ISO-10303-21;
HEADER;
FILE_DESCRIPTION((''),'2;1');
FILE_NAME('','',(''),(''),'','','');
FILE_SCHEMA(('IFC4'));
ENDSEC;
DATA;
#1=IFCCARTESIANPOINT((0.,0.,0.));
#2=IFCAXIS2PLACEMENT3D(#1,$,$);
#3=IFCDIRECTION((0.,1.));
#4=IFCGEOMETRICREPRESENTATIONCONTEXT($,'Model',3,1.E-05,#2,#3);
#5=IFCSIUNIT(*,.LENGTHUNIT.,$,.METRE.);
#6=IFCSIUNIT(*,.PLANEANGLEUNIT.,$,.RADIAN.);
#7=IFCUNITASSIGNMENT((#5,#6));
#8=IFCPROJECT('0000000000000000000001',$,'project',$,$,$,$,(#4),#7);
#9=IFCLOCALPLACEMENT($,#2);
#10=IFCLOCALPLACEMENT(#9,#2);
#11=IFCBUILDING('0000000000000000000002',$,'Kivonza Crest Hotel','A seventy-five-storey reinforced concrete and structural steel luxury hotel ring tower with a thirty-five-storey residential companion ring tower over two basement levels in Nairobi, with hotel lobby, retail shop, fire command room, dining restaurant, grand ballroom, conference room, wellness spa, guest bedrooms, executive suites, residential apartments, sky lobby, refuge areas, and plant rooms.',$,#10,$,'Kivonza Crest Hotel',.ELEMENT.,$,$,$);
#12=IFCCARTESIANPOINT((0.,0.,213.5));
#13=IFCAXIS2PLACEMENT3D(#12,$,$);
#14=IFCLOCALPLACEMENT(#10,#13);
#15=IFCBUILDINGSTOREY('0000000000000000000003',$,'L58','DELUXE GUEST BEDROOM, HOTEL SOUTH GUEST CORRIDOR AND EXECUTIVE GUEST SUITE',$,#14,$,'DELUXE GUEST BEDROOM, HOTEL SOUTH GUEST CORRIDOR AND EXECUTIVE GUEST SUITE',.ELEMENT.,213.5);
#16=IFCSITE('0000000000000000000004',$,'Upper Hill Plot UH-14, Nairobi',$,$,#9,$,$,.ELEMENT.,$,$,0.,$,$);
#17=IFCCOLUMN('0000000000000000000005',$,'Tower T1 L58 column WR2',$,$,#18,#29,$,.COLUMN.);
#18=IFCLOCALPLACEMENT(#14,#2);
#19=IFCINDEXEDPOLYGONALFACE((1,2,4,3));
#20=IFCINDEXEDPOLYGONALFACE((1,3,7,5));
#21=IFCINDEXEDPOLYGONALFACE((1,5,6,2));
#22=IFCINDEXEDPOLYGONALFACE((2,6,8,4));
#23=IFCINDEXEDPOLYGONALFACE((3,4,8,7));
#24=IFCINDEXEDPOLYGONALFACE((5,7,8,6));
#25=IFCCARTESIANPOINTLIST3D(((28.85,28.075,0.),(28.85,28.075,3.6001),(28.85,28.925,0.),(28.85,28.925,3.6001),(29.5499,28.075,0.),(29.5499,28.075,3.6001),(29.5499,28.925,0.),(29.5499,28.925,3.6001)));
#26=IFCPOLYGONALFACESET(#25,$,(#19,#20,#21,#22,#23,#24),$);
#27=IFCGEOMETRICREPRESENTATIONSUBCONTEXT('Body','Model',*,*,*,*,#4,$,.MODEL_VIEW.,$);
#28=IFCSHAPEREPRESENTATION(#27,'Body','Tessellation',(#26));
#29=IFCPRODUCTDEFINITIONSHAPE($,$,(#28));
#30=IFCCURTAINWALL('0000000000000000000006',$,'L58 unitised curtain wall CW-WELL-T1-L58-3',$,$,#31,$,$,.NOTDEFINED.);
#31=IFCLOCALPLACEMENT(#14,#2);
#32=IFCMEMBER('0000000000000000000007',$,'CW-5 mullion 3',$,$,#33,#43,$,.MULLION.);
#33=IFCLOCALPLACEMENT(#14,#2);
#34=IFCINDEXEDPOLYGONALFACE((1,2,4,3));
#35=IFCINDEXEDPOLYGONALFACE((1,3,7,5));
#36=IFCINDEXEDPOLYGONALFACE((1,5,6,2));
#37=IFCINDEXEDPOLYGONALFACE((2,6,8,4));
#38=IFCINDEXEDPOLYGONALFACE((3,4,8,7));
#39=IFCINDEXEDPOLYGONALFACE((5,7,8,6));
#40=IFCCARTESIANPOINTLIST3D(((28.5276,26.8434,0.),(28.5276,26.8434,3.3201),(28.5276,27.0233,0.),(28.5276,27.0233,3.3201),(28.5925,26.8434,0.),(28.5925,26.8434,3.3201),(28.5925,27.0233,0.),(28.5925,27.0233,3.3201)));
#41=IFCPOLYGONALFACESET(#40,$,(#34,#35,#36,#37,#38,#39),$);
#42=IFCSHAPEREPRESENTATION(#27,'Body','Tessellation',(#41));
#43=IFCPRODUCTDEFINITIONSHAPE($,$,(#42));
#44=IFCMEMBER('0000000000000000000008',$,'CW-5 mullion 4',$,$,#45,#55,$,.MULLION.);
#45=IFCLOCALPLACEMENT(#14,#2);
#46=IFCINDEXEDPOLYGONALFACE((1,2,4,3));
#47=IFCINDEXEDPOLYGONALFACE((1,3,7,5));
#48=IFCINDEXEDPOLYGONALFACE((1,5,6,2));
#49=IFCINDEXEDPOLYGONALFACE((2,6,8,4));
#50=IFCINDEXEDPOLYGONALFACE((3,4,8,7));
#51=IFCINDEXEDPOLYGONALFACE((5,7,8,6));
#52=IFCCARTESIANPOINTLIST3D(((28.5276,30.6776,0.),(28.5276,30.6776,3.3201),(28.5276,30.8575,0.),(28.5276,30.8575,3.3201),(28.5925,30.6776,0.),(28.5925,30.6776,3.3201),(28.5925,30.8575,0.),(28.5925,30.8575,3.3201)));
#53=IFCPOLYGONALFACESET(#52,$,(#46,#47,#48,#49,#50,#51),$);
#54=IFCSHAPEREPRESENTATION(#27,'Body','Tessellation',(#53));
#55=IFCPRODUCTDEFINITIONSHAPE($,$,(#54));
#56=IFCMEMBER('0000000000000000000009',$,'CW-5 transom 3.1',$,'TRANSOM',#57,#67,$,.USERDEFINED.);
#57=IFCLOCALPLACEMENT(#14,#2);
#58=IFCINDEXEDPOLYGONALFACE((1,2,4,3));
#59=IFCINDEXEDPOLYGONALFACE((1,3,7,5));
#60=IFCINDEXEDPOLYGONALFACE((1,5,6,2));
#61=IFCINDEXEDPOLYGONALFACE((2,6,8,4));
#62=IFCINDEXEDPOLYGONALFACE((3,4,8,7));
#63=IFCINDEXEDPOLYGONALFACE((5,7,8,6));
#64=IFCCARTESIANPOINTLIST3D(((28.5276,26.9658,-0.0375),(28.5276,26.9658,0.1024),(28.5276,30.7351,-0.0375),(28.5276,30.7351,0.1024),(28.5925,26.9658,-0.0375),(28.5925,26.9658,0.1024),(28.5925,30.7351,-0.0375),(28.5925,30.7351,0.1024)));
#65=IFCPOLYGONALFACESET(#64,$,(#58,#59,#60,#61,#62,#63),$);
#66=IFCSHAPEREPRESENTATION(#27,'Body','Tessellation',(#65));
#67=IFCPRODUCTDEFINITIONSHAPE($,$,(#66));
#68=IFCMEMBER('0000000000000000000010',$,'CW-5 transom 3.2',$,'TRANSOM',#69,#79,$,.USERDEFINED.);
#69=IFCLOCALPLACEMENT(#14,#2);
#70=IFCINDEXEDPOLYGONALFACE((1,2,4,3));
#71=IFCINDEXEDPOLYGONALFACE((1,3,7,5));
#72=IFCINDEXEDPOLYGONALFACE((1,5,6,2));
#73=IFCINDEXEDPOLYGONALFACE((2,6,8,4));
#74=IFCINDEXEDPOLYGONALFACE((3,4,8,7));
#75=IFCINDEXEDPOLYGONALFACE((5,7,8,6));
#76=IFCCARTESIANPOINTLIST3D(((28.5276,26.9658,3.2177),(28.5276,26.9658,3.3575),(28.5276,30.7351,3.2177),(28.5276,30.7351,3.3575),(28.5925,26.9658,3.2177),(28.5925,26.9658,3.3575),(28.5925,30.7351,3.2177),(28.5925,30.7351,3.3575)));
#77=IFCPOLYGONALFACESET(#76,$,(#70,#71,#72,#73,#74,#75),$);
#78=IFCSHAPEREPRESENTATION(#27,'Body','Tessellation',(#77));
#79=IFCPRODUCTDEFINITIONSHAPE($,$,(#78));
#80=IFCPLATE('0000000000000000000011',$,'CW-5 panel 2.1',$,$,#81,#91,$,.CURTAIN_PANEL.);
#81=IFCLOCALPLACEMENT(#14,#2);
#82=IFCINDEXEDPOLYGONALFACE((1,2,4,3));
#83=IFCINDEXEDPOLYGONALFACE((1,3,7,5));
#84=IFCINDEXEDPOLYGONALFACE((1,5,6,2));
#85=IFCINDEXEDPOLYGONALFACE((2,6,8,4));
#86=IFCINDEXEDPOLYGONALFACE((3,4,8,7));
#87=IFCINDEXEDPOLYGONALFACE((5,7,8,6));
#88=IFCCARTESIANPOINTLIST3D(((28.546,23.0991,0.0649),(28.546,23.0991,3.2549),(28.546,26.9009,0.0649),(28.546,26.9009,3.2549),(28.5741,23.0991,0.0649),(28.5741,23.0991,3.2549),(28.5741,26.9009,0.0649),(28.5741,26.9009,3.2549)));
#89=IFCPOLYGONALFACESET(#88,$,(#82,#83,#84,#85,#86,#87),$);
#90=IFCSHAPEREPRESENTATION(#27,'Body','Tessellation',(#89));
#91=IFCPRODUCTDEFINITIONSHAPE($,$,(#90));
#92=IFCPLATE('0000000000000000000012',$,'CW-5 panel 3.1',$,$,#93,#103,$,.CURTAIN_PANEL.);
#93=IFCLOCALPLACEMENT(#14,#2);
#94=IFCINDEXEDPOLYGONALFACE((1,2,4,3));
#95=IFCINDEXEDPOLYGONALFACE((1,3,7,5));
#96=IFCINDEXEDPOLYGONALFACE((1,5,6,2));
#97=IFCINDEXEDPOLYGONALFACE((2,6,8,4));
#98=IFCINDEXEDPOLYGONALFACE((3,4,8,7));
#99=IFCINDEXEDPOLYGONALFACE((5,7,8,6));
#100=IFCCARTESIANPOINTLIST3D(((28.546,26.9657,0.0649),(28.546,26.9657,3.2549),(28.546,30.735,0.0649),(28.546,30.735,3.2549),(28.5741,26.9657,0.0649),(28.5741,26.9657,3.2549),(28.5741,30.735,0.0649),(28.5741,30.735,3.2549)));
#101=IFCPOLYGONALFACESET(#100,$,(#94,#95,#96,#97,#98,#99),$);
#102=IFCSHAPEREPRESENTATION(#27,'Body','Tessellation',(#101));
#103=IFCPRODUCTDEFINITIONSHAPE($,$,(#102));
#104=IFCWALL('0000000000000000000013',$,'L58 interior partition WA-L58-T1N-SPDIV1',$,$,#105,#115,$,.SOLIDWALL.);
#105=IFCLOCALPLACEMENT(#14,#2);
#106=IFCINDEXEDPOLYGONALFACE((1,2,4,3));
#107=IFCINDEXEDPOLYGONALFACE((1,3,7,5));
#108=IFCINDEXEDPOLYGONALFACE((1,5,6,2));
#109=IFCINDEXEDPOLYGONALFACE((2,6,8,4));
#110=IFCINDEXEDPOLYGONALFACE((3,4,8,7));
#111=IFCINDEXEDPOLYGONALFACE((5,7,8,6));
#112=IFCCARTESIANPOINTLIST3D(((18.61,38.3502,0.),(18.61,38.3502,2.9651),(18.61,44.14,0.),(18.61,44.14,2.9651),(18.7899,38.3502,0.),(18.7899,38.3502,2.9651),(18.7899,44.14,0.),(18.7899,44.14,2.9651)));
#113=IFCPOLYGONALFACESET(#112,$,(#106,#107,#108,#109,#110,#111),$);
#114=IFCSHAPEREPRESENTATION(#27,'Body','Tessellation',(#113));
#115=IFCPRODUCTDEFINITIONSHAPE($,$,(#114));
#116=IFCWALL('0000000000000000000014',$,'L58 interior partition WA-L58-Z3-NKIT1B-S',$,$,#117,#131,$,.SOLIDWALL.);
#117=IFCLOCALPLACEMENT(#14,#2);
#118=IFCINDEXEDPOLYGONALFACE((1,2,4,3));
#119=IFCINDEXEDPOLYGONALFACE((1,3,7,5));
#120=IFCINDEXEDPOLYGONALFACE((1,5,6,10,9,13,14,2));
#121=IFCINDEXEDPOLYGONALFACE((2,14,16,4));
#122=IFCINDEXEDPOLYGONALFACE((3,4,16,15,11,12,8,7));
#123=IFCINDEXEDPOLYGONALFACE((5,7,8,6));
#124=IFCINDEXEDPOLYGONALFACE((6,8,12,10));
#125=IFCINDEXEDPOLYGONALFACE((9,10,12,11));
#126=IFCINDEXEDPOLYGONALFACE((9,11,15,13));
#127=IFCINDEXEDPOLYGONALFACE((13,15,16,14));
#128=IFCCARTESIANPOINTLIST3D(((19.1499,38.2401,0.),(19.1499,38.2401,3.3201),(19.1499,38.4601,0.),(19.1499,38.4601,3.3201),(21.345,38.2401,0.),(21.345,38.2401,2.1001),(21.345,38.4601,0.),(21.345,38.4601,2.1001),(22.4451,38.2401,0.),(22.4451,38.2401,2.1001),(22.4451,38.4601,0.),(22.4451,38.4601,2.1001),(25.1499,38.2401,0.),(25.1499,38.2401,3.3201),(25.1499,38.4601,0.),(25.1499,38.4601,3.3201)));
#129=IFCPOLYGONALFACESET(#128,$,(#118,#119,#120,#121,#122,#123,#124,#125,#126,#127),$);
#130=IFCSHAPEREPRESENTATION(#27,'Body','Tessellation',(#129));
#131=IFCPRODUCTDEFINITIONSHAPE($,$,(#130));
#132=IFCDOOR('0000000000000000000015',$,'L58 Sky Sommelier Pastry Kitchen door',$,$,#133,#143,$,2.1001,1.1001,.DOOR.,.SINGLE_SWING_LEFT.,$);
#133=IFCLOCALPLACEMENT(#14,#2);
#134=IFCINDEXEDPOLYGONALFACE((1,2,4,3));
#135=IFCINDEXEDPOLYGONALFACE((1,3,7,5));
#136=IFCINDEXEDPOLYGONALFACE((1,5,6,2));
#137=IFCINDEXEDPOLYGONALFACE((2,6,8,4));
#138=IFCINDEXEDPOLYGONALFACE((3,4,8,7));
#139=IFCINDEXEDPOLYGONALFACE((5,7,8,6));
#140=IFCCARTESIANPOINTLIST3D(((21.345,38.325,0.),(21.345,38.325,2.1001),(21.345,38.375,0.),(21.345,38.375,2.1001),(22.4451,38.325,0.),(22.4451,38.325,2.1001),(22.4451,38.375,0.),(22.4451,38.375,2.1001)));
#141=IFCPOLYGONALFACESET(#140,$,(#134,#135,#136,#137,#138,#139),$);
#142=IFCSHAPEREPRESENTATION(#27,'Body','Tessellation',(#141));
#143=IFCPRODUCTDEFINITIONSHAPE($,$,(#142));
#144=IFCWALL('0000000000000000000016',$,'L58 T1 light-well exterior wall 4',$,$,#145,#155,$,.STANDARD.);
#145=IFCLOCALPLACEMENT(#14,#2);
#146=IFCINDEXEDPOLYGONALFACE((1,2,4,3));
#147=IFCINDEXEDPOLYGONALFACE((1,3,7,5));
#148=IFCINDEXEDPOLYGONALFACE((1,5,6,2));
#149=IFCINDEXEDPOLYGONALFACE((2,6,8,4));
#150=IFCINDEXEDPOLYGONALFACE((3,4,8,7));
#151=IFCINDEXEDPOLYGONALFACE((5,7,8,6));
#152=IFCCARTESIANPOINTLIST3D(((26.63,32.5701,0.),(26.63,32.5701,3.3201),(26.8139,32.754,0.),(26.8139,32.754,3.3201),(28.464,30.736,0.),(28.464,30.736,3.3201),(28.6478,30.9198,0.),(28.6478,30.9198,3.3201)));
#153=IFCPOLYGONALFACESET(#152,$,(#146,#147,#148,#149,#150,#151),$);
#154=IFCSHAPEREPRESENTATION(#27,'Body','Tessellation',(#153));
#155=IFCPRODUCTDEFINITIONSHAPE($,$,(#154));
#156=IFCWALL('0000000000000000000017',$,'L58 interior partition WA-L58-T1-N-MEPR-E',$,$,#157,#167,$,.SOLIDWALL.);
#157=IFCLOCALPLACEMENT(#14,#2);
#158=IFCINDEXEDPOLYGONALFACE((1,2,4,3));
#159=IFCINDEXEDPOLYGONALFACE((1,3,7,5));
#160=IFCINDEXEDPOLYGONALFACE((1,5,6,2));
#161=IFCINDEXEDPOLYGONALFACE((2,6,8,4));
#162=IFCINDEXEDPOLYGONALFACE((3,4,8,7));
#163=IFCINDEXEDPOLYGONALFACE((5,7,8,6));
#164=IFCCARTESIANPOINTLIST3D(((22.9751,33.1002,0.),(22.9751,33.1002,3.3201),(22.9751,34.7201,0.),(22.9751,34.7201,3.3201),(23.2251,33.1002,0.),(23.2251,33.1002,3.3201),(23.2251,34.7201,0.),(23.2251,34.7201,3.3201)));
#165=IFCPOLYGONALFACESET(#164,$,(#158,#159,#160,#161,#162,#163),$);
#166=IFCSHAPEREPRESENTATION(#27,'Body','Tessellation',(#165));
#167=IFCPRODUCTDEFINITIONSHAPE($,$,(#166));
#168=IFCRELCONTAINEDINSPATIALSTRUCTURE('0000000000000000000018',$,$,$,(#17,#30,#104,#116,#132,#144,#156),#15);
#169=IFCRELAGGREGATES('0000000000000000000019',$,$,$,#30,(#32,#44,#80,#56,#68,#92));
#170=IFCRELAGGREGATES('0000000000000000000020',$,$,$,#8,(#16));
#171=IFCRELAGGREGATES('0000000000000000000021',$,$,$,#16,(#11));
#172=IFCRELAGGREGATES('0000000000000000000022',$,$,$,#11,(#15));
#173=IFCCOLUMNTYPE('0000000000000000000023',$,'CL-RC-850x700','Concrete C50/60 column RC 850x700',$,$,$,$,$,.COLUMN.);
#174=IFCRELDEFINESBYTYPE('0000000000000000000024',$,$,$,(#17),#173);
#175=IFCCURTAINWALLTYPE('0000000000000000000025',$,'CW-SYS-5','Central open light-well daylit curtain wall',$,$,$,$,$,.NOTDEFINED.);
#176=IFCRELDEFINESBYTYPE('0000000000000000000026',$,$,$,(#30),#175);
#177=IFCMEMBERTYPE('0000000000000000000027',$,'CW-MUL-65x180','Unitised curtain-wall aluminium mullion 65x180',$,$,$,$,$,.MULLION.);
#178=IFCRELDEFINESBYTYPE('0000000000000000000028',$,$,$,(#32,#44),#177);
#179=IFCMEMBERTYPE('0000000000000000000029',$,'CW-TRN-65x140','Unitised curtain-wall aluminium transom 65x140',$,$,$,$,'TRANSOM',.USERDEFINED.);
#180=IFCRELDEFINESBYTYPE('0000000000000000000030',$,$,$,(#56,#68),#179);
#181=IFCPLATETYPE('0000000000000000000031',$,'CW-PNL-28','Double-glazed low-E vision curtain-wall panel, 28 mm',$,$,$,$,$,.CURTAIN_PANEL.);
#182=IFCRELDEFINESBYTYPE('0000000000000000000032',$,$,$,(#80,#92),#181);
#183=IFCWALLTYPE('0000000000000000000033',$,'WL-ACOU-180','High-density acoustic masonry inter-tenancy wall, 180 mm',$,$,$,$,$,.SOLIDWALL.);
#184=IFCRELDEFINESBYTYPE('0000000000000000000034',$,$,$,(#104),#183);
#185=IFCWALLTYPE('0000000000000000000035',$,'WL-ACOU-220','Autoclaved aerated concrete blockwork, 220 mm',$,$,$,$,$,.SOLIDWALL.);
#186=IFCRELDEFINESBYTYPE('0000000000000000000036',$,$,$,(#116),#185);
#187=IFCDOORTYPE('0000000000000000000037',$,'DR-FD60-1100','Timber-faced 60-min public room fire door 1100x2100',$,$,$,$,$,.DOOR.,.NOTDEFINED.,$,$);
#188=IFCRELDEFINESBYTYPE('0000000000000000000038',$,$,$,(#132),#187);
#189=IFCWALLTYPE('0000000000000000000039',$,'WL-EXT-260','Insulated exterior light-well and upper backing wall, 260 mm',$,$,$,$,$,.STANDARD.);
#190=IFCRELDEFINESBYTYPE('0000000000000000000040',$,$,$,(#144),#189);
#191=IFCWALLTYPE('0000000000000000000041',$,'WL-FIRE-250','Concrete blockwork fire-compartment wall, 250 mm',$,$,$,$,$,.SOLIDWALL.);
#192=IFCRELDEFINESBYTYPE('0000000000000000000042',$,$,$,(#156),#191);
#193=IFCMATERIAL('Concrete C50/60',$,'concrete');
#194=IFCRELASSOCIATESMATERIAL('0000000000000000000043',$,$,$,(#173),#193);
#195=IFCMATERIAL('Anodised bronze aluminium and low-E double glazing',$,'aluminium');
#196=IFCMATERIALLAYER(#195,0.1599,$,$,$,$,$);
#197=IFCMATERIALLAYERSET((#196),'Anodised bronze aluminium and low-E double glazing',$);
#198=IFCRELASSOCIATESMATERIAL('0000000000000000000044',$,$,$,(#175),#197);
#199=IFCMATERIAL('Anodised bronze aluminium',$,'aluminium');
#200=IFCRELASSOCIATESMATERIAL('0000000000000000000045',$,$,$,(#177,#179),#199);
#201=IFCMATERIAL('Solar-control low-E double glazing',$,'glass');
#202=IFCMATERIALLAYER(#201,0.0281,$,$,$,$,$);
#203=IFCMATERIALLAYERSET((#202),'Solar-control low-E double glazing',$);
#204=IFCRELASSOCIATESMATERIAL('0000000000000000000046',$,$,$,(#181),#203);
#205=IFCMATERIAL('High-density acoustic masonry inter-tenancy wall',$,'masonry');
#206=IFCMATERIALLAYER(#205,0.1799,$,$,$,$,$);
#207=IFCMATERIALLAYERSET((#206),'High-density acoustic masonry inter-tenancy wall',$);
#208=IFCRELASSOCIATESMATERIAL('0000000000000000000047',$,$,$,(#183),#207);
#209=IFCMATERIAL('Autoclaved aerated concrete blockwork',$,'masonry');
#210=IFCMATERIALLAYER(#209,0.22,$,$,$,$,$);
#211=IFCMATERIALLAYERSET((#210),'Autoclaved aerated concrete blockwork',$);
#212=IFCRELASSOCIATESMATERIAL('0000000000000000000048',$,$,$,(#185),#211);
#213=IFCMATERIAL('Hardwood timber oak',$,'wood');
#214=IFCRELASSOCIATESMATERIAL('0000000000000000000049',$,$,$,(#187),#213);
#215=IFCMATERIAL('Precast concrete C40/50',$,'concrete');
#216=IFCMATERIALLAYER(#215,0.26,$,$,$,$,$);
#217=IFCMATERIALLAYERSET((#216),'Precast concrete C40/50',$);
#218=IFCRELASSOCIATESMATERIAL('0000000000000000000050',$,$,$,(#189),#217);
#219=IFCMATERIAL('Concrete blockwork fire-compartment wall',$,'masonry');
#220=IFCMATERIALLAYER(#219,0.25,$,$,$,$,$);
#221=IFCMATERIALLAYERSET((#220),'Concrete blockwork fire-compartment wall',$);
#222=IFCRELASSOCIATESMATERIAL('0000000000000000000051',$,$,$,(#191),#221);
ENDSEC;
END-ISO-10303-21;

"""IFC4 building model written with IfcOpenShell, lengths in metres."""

from ifc_helpers import new_model, si_unit, direction, frame, frame_2d, origin, origin_2d, place, context, subcontext, project, spatial, rectangle, extrude, material, layer, layer_set, material_profile, profile_set, type_object, element, fill, aggregate, save


model = new_model("IFC4")

# Units and contexts
model_context = context("Model", 3, precision=1e-05, world=origin(), true_north=direction((0.0, 1.0)))
body_context = subcontext(model_context, "Body", "Model", "MODEL_VIEW")
ifc_project = project(units=[si_unit("LENGTHUNIT", "METRE"), si_unit("PLANEANGLEUNIT", "RADIAN")], contexts=[model_context])

# Site, building, storey
site_placement = place(None, origin())
site = spatial("IfcSite", under=ifc_project, at=site_placement, Name="Upper Hill Plot UH-14, Nairobi", CompositionType="ELEMENT", RefElevation=0.0)
building_placement = place(site_placement, origin())
building = spatial("IfcBuilding", under=site, at=building_placement, Name="Kivonza Crest Hotel", Description="A seventy-five-storey reinforced concrete and structural steel luxury hotel ring tower with a thirty-five-storey residential companion ring tower over two basement levels in Nairobi, with hotel lobby, retail shop, fire command room, dining restaurant, grand ballroom, conference room, wellness spa, guest bedrooms, executive suites, residential apartments, sky lobby, refuge areas, and plant rooms.", LongName="Kivonza Crest Hotel", CompositionType="ELEMENT")
storey_placement = place(building_placement, frame((0.0, 0.0, 213.5)))
storey = spatial("IfcBuildingStorey", under=building, at=storey_placement, Name="L58", Description="DELUXE GUEST BEDROOM, HOTEL SOUTH GUEST CORRIDOR AND EXECUTIVE GUEST SUITE", LongName="DELUXE GUEST BEDROOM, HOTEL SOUTH GUEST CORRIDOR AND EXECUTIVE GUEST SUITE", CompositionType="ELEMENT", Elevation=213.5)

# Column
ifc_material_1 = material(Name="Concrete C50/60", Category="concrete")
ifc_material_profile_1 = material_profile(ifc_material_1, rectangle(XDim=0.7, YDim=0.8501, at=origin_2d()), Name="RC 850x700")
ifc_profile_set_1 = profile_set([ifc_material_profile_1], Name="Concrete C50/60")
column_type = type_object("IfcColumnType", Name="CL-RC-850x700", Description="Concrete C50/60 column RC 850x700", PredefinedType="COLUMN", material=ifc_profile_set_1)
column_placement = place(storey_placement, frame((29.2, 28.5, 0.0), z_axis=(0.0, 0.0, 1.0), x_axis=(1.0, 0.0, 0.0)))
element("IfcColumn", 1, at=column_placement, inside=storey, type_object=column_type, Name="Tower T1 L58 column WR2", PredefinedType="COLUMN", context=body_context, shape_type="SweptSolid", body=[
    extrude(rectangle(XDim=0.7, YDim=0.8501, at=origin_2d()), origin(), (0.0, 0.0, 1.0), 3.6001),
])

# Curtain wall, members, plates
ifc_material_2 = material(Name="Anodised bronze aluminium and low-E double glazing", Category="aluminium")
ifc_layer_1 = layer(ifc_material_2, 0.1599)
ifc_layer_set_1 = layer_set([ifc_layer_1], Name="Anodised bronze aluminium and low-E double glazing")
curtain_wall_type = type_object("IfcCurtainWallType", Name="CW-SYS-5", Description="Central open light-well daylit curtain wall", PredefinedType="NOTDEFINED", material=ifc_layer_set_1)
curtain_wall_placement = place(storey_placement, origin())
curtain_wall = element("IfcCurtainWall", 2, at=curtain_wall_placement, inside=storey, type_object=curtain_wall_type, Name="L58 unitised curtain wall CW-WELL-T1-L58-3", PredefinedType="NOTDEFINED")
ifc_material_3 = material(Name="Anodised bronze aluminium", Category="aluminium")
ifc_material_profile_2 = material_profile(ifc_material_3, rectangle(XDim=0.0649, YDim=0.1799, at=origin_2d()), Name="CW-M 65x180")
ifc_profile_set_2 = profile_set([ifc_material_profile_2], Name="Anodised bronze aluminium")
member_type_1 = type_object("IfcMemberType", Name="CW-MUL-65x180", Description="Unitised curtain-wall aluminium mullion 65x180", PredefinedType="MULLION", material=ifc_profile_set_2)
member_1_placement = place(storey_placement, frame((28.5601, 26.9333, 0.0), z_axis=(0.0, 0.0, 1.0), x_axis=(-1.0, 0.0, 0.0)))
member_1 = element("IfcMember", 3, at=member_1_placement, type_object=member_type_1, Name="CW-5 mullion 3", PredefinedType="MULLION", context=body_context, shape_type="SweptSolid", body=[
    extrude(rectangle(XDim=0.0649, YDim=0.1799, at=origin_2d()), origin(), (0.0, 0.0, 1.0), 3.3201),
])
member_2_placement = place(storey_placement, frame((28.5601, 30.7676, 0.0), z_axis=(0.0, 0.0, 1.0), x_axis=(-1.0, 0.0, 0.0)))
member_2 = element("IfcMember", 4, at=member_2_placement, type_object=member_type_1, Name="CW-5 mullion 4", PredefinedType="MULLION", context=body_context, shape_type="SweptSolid", body=[
    extrude(rectangle(XDim=0.0649, YDim=0.1799, at=origin_2d()), origin(), (0.0, 0.0, 1.0), 3.3201),
])
ifc_material_profile_3 = material_profile(ifc_material_3, rectangle(XDim=0.0649, YDim=0.1399, at=origin_2d()), Name="CW-T 65x140")
ifc_profile_set_3 = profile_set([ifc_material_profile_3], Name="Anodised bronze aluminium")
member_type_2 = type_object("IfcMemberType", Name="CW-TRN-65x140", Description="Unitised curtain-wall aluminium transom 65x140", ElementType="TRANSOM", PredefinedType="USERDEFINED", material=ifc_profile_set_3)
member_3_placement = place(storey_placement, frame((28.5601, 26.9658, 0.0325), z_axis=(0.0, 1.0, 0.0), x_axis=(-1.0, 0.0, 0.0)))
member_3 = element("IfcMember", 5, at=member_3_placement, type_object=member_type_2, Name="CW-5 transom 3.1", ObjectType="TRANSOM", PredefinedType="USERDEFINED", context=body_context, shape_type="SweptSolid", body=[
    extrude(rectangle(XDim=0.0649, YDim=0.1399, at=origin_2d()), origin(), (0.0, 0.0, 1.0), 3.7693),
])
member_4_placement = place(storey_placement, frame((28.5601, 26.9658, 3.2876), z_axis=(0.0, 1.0, 0.0), x_axis=(-1.0, 0.0, 0.0)))
member_4 = element("IfcMember", 6, at=member_4_placement, type_object=member_type_2, Name="CW-5 transom 3.2", ObjectType="TRANSOM", PredefinedType="USERDEFINED", context=body_context, shape_type="SweptSolid", body=[
    extrude(rectangle(XDim=0.0649, YDim=0.1399, at=origin_2d()), origin(), (0.0, 0.0, 1.0), 3.7693),
])
ifc_material_4 = material(Name="Solar-control low-E double glazing", Category="glass")
ifc_layer_2 = layer(ifc_material_4, 0.0281)
ifc_layer_set_2 = layer_set([ifc_layer_2], Name="Solar-control low-E double glazing")
plate_type = type_object("IfcPlateType", Name="CW-PNL-28", Description="Double-glazed low-E vision curtain-wall panel, 28 mm", PredefinedType="CURTAIN_PANEL", material=ifc_layer_set_2)
plate_1_placement = place(storey_placement, frame((28.5601, 25.0, 0.0649), z_axis=(0.0, 0.0, 1.0), x_axis=(0.0, 1.0, 0.0)))
plate_1 = element("IfcPlate", 7, at=plate_1_placement, type_object=plate_type, Name="CW-5 panel 2.1", PredefinedType="CURTAIN_PANEL", context=body_context, shape_type="SweptSolid", body=[
    extrude(rectangle(XDim=3.8018, YDim=0.0281, at=origin_2d()), origin(), (0.0, 0.0, 1.0), 3.1899),
])
plate_2_placement = place(storey_placement, frame((28.5601, 28.8503, 0.0649), z_axis=(0.0, 0.0, 1.0), x_axis=(0.0, 1.0, 0.0)))
plate_2 = element("IfcPlate", 8, at=plate_2_placement, type_object=plate_type, Name="CW-5 panel 3.1", PredefinedType="CURTAIN_PANEL", context=body_context, shape_type="SweptSolid", body=[
    extrude(rectangle(XDim=3.7693, YDim=0.0281, at=origin_2d()), origin(), (0.0, 0.0, 1.0), 3.1899),
])
aggregate(curtain_wall, [member_1, member_2, plate_1, member_3, member_4, plate_2])

# Wall
ifc_material_5 = material(Name="High-density acoustic masonry inter-tenancy wall", Category="masonry")
ifc_layer_3 = layer(ifc_material_5, 0.1799)
ifc_layer_set_3 = layer_set([ifc_layer_3], Name="High-density acoustic masonry inter-tenancy wall")
wall_type_1 = type_object("IfcWallType", Name="WL-ACOU-180", Description="High-density acoustic masonry inter-tenancy wall, 180 mm", PredefinedType="SOLIDWALL", material=ifc_layer_set_3)
wall_1_placement = place(storey_placement, frame((18.7, 38.3501, 0.0), z_axis=(0.0, 0.0, 1.0), x_axis=(0.0, 1.0, 0.0)))
element("IfcWall", 9, at=wall_1_placement, inside=storey, type_object=wall_type_1, Name="L58 interior partition WA-L58-T1N-SPDIV1", PredefinedType="SOLIDWALL", context=body_context, shape_type="SweptSolid", body=[
    extrude(rectangle(XDim=5.7898, YDim=0.1799, at=frame_2d((2.895, 0.0))), origin(), (0.0, 0.0, 1.0), 2.9651),
])

# Wall, opening, door
ifc_material_6 = material(Name="Autoclaved aerated concrete blockwork", Category="masonry")
ifc_layer_4 = layer(ifc_material_6, 0.22)
ifc_layer_set_4 = layer_set([ifc_layer_4], Name="Autoclaved aerated concrete blockwork")
wall_type_2 = type_object("IfcWallType", Name="WL-ACOU-220", Description="Autoclaved aerated concrete blockwork, 220 mm", PredefinedType="SOLIDWALL", material=ifc_layer_set_4)
wall_2_placement = place(storey_placement, frame((19.1499, 38.3501, 0.0), z_axis=(0.0, 0.0, 1.0), x_axis=(1.0, 0.0, 0.0)))
wall_2 = element("IfcWall", 10, at=wall_2_placement, inside=storey, type_object=wall_type_2, Name="L58 interior partition WA-L58-Z3-NKIT1B-S", PredefinedType="SOLIDWALL", context=body_context, shape_type="SweptSolid", body=[
    extrude(rectangle(XDim=6.0, YDim=0.22, at=frame_2d((3.0, 0.0))), origin(), (0.0, 0.0, 1.0), 3.3201),
])
opening_1_placement = place(wall_2_placement, frame((2.1951, 0.0, 0.0)))
opening_1 = element("IfcOpeningElement", 11, at=opening_1_placement, cuts=wall_2, PredefinedType="OPENING", context=body_context, shape_type="SweptSolid", body=[
    extrude(rectangle(XDim=1.1001, YDim=2.1001, at=frame_2d((0.55, 1.05))), frame((0.0, 0.1201, 0.0), z_axis=(0.0, -1.0, 0.0), x_axis=(1.0, 0.0, 0.0)), (0.0, 0.0, 1.0), 0.24),
])
ifc_material_7 = material(Name="Hardwood timber oak", Category="wood")
door_type_1 = type_object("IfcDoorType", Name="DR-FD60-1100", Description="Timber-faced 60-min public room fire door 1100x2100", OperationType="NOTDEFINED", PredefinedType="DOOR", material=ifc_material_7)
door_1_placement = place(opening_1_placement, origin())
door_1 = element("IfcDoor", 12, at=door_1_placement, inside=storey, type_object=door_type_1, Name="L58 Sky Sommelier Pastry Kitchen door", OperationType="SINGLE_SWING_LEFT", OverallHeight=2.1001, OverallWidth=1.1001, PredefinedType="DOOR", context=body_context, shape_type="SweptSolid", body=[
    extrude(rectangle(XDim=1.1001, YDim=2.1001, at=frame_2d((0.55, 1.05))), frame((0.0, 0.0249, 0.0), z_axis=(0.0, -1.0, 0.0), x_axis=(1.0, 0.0, 0.0)), (0.0, 0.0, 1.0), 0.05),
])
fill(opening_1, door_1)

# Walls
ifc_material_8 = material(Name="Precast concrete C40/50", Category="concrete")
ifc_layer_5 = layer(ifc_material_8, 0.26)
ifc_layer_set_5 = layer_set([ifc_layer_5], Name="Precast concrete C40/50")
wall_type_3 = type_object("IfcWallType", Name="WL-EXT-260", Description="Insulated exterior light-well and upper backing wall, 260 mm", PredefinedType="STANDARD", material=ifc_layer_set_5)
wall_3_placement = place(storey_placement, frame((28.5559, 30.8279, 0.0), z_axis=(0.0, 0.0, 1.0), x_axis=(-0.70706, 0.707154, 0.0)))
element("IfcWall", 13, at=wall_3_placement, inside=storey, type_object=wall_type_3, Name="L58 T1 light-well exterior wall 4", PredefinedType="STANDARD", context=body_context, shape_type="SweptSolid", body=[
    extrude(rectangle(XDim=2.5938, YDim=0.26, at=frame_2d((1.2969, 0.0))), origin(), (0.0, 0.0, 1.0), 3.3201),
])
ifc_material_9 = material(Name="Concrete blockwork fire-compartment wall", Category="masonry")
ifc_layer_6 = layer(ifc_material_9, 0.25)
ifc_layer_set_6 = layer_set([ifc_layer_6], Name="Concrete blockwork fire-compartment wall")
wall_type_4 = type_object("IfcWallType", Name="WL-FIRE-250", Description="Concrete blockwork fire-compartment wall, 250 mm", PredefinedType="SOLIDWALL", material=ifc_layer_set_6)
wall_4_placement = place(storey_placement, frame((23.1001, 33.1001, 0.0), z_axis=(0.0, 0.0, 1.0), x_axis=(0.0, 1.0, 0.0)))
element("IfcWall", 14, at=wall_4_placement, inside=storey, type_object=wall_type_4, Name="L58 interior partition WA-L58-T1-N-MEPR-E", PredefinedType="SOLIDWALL", context=body_context, shape_type="SweptSolid", body=[
    extrude(rectangle(XDim=1.6199, YDim=0.25, at=frame_2d((0.8101, 0.0))), origin(), (0.0, 0.0, 1.0), 3.3201),
])

save(model, "model.ifc")
